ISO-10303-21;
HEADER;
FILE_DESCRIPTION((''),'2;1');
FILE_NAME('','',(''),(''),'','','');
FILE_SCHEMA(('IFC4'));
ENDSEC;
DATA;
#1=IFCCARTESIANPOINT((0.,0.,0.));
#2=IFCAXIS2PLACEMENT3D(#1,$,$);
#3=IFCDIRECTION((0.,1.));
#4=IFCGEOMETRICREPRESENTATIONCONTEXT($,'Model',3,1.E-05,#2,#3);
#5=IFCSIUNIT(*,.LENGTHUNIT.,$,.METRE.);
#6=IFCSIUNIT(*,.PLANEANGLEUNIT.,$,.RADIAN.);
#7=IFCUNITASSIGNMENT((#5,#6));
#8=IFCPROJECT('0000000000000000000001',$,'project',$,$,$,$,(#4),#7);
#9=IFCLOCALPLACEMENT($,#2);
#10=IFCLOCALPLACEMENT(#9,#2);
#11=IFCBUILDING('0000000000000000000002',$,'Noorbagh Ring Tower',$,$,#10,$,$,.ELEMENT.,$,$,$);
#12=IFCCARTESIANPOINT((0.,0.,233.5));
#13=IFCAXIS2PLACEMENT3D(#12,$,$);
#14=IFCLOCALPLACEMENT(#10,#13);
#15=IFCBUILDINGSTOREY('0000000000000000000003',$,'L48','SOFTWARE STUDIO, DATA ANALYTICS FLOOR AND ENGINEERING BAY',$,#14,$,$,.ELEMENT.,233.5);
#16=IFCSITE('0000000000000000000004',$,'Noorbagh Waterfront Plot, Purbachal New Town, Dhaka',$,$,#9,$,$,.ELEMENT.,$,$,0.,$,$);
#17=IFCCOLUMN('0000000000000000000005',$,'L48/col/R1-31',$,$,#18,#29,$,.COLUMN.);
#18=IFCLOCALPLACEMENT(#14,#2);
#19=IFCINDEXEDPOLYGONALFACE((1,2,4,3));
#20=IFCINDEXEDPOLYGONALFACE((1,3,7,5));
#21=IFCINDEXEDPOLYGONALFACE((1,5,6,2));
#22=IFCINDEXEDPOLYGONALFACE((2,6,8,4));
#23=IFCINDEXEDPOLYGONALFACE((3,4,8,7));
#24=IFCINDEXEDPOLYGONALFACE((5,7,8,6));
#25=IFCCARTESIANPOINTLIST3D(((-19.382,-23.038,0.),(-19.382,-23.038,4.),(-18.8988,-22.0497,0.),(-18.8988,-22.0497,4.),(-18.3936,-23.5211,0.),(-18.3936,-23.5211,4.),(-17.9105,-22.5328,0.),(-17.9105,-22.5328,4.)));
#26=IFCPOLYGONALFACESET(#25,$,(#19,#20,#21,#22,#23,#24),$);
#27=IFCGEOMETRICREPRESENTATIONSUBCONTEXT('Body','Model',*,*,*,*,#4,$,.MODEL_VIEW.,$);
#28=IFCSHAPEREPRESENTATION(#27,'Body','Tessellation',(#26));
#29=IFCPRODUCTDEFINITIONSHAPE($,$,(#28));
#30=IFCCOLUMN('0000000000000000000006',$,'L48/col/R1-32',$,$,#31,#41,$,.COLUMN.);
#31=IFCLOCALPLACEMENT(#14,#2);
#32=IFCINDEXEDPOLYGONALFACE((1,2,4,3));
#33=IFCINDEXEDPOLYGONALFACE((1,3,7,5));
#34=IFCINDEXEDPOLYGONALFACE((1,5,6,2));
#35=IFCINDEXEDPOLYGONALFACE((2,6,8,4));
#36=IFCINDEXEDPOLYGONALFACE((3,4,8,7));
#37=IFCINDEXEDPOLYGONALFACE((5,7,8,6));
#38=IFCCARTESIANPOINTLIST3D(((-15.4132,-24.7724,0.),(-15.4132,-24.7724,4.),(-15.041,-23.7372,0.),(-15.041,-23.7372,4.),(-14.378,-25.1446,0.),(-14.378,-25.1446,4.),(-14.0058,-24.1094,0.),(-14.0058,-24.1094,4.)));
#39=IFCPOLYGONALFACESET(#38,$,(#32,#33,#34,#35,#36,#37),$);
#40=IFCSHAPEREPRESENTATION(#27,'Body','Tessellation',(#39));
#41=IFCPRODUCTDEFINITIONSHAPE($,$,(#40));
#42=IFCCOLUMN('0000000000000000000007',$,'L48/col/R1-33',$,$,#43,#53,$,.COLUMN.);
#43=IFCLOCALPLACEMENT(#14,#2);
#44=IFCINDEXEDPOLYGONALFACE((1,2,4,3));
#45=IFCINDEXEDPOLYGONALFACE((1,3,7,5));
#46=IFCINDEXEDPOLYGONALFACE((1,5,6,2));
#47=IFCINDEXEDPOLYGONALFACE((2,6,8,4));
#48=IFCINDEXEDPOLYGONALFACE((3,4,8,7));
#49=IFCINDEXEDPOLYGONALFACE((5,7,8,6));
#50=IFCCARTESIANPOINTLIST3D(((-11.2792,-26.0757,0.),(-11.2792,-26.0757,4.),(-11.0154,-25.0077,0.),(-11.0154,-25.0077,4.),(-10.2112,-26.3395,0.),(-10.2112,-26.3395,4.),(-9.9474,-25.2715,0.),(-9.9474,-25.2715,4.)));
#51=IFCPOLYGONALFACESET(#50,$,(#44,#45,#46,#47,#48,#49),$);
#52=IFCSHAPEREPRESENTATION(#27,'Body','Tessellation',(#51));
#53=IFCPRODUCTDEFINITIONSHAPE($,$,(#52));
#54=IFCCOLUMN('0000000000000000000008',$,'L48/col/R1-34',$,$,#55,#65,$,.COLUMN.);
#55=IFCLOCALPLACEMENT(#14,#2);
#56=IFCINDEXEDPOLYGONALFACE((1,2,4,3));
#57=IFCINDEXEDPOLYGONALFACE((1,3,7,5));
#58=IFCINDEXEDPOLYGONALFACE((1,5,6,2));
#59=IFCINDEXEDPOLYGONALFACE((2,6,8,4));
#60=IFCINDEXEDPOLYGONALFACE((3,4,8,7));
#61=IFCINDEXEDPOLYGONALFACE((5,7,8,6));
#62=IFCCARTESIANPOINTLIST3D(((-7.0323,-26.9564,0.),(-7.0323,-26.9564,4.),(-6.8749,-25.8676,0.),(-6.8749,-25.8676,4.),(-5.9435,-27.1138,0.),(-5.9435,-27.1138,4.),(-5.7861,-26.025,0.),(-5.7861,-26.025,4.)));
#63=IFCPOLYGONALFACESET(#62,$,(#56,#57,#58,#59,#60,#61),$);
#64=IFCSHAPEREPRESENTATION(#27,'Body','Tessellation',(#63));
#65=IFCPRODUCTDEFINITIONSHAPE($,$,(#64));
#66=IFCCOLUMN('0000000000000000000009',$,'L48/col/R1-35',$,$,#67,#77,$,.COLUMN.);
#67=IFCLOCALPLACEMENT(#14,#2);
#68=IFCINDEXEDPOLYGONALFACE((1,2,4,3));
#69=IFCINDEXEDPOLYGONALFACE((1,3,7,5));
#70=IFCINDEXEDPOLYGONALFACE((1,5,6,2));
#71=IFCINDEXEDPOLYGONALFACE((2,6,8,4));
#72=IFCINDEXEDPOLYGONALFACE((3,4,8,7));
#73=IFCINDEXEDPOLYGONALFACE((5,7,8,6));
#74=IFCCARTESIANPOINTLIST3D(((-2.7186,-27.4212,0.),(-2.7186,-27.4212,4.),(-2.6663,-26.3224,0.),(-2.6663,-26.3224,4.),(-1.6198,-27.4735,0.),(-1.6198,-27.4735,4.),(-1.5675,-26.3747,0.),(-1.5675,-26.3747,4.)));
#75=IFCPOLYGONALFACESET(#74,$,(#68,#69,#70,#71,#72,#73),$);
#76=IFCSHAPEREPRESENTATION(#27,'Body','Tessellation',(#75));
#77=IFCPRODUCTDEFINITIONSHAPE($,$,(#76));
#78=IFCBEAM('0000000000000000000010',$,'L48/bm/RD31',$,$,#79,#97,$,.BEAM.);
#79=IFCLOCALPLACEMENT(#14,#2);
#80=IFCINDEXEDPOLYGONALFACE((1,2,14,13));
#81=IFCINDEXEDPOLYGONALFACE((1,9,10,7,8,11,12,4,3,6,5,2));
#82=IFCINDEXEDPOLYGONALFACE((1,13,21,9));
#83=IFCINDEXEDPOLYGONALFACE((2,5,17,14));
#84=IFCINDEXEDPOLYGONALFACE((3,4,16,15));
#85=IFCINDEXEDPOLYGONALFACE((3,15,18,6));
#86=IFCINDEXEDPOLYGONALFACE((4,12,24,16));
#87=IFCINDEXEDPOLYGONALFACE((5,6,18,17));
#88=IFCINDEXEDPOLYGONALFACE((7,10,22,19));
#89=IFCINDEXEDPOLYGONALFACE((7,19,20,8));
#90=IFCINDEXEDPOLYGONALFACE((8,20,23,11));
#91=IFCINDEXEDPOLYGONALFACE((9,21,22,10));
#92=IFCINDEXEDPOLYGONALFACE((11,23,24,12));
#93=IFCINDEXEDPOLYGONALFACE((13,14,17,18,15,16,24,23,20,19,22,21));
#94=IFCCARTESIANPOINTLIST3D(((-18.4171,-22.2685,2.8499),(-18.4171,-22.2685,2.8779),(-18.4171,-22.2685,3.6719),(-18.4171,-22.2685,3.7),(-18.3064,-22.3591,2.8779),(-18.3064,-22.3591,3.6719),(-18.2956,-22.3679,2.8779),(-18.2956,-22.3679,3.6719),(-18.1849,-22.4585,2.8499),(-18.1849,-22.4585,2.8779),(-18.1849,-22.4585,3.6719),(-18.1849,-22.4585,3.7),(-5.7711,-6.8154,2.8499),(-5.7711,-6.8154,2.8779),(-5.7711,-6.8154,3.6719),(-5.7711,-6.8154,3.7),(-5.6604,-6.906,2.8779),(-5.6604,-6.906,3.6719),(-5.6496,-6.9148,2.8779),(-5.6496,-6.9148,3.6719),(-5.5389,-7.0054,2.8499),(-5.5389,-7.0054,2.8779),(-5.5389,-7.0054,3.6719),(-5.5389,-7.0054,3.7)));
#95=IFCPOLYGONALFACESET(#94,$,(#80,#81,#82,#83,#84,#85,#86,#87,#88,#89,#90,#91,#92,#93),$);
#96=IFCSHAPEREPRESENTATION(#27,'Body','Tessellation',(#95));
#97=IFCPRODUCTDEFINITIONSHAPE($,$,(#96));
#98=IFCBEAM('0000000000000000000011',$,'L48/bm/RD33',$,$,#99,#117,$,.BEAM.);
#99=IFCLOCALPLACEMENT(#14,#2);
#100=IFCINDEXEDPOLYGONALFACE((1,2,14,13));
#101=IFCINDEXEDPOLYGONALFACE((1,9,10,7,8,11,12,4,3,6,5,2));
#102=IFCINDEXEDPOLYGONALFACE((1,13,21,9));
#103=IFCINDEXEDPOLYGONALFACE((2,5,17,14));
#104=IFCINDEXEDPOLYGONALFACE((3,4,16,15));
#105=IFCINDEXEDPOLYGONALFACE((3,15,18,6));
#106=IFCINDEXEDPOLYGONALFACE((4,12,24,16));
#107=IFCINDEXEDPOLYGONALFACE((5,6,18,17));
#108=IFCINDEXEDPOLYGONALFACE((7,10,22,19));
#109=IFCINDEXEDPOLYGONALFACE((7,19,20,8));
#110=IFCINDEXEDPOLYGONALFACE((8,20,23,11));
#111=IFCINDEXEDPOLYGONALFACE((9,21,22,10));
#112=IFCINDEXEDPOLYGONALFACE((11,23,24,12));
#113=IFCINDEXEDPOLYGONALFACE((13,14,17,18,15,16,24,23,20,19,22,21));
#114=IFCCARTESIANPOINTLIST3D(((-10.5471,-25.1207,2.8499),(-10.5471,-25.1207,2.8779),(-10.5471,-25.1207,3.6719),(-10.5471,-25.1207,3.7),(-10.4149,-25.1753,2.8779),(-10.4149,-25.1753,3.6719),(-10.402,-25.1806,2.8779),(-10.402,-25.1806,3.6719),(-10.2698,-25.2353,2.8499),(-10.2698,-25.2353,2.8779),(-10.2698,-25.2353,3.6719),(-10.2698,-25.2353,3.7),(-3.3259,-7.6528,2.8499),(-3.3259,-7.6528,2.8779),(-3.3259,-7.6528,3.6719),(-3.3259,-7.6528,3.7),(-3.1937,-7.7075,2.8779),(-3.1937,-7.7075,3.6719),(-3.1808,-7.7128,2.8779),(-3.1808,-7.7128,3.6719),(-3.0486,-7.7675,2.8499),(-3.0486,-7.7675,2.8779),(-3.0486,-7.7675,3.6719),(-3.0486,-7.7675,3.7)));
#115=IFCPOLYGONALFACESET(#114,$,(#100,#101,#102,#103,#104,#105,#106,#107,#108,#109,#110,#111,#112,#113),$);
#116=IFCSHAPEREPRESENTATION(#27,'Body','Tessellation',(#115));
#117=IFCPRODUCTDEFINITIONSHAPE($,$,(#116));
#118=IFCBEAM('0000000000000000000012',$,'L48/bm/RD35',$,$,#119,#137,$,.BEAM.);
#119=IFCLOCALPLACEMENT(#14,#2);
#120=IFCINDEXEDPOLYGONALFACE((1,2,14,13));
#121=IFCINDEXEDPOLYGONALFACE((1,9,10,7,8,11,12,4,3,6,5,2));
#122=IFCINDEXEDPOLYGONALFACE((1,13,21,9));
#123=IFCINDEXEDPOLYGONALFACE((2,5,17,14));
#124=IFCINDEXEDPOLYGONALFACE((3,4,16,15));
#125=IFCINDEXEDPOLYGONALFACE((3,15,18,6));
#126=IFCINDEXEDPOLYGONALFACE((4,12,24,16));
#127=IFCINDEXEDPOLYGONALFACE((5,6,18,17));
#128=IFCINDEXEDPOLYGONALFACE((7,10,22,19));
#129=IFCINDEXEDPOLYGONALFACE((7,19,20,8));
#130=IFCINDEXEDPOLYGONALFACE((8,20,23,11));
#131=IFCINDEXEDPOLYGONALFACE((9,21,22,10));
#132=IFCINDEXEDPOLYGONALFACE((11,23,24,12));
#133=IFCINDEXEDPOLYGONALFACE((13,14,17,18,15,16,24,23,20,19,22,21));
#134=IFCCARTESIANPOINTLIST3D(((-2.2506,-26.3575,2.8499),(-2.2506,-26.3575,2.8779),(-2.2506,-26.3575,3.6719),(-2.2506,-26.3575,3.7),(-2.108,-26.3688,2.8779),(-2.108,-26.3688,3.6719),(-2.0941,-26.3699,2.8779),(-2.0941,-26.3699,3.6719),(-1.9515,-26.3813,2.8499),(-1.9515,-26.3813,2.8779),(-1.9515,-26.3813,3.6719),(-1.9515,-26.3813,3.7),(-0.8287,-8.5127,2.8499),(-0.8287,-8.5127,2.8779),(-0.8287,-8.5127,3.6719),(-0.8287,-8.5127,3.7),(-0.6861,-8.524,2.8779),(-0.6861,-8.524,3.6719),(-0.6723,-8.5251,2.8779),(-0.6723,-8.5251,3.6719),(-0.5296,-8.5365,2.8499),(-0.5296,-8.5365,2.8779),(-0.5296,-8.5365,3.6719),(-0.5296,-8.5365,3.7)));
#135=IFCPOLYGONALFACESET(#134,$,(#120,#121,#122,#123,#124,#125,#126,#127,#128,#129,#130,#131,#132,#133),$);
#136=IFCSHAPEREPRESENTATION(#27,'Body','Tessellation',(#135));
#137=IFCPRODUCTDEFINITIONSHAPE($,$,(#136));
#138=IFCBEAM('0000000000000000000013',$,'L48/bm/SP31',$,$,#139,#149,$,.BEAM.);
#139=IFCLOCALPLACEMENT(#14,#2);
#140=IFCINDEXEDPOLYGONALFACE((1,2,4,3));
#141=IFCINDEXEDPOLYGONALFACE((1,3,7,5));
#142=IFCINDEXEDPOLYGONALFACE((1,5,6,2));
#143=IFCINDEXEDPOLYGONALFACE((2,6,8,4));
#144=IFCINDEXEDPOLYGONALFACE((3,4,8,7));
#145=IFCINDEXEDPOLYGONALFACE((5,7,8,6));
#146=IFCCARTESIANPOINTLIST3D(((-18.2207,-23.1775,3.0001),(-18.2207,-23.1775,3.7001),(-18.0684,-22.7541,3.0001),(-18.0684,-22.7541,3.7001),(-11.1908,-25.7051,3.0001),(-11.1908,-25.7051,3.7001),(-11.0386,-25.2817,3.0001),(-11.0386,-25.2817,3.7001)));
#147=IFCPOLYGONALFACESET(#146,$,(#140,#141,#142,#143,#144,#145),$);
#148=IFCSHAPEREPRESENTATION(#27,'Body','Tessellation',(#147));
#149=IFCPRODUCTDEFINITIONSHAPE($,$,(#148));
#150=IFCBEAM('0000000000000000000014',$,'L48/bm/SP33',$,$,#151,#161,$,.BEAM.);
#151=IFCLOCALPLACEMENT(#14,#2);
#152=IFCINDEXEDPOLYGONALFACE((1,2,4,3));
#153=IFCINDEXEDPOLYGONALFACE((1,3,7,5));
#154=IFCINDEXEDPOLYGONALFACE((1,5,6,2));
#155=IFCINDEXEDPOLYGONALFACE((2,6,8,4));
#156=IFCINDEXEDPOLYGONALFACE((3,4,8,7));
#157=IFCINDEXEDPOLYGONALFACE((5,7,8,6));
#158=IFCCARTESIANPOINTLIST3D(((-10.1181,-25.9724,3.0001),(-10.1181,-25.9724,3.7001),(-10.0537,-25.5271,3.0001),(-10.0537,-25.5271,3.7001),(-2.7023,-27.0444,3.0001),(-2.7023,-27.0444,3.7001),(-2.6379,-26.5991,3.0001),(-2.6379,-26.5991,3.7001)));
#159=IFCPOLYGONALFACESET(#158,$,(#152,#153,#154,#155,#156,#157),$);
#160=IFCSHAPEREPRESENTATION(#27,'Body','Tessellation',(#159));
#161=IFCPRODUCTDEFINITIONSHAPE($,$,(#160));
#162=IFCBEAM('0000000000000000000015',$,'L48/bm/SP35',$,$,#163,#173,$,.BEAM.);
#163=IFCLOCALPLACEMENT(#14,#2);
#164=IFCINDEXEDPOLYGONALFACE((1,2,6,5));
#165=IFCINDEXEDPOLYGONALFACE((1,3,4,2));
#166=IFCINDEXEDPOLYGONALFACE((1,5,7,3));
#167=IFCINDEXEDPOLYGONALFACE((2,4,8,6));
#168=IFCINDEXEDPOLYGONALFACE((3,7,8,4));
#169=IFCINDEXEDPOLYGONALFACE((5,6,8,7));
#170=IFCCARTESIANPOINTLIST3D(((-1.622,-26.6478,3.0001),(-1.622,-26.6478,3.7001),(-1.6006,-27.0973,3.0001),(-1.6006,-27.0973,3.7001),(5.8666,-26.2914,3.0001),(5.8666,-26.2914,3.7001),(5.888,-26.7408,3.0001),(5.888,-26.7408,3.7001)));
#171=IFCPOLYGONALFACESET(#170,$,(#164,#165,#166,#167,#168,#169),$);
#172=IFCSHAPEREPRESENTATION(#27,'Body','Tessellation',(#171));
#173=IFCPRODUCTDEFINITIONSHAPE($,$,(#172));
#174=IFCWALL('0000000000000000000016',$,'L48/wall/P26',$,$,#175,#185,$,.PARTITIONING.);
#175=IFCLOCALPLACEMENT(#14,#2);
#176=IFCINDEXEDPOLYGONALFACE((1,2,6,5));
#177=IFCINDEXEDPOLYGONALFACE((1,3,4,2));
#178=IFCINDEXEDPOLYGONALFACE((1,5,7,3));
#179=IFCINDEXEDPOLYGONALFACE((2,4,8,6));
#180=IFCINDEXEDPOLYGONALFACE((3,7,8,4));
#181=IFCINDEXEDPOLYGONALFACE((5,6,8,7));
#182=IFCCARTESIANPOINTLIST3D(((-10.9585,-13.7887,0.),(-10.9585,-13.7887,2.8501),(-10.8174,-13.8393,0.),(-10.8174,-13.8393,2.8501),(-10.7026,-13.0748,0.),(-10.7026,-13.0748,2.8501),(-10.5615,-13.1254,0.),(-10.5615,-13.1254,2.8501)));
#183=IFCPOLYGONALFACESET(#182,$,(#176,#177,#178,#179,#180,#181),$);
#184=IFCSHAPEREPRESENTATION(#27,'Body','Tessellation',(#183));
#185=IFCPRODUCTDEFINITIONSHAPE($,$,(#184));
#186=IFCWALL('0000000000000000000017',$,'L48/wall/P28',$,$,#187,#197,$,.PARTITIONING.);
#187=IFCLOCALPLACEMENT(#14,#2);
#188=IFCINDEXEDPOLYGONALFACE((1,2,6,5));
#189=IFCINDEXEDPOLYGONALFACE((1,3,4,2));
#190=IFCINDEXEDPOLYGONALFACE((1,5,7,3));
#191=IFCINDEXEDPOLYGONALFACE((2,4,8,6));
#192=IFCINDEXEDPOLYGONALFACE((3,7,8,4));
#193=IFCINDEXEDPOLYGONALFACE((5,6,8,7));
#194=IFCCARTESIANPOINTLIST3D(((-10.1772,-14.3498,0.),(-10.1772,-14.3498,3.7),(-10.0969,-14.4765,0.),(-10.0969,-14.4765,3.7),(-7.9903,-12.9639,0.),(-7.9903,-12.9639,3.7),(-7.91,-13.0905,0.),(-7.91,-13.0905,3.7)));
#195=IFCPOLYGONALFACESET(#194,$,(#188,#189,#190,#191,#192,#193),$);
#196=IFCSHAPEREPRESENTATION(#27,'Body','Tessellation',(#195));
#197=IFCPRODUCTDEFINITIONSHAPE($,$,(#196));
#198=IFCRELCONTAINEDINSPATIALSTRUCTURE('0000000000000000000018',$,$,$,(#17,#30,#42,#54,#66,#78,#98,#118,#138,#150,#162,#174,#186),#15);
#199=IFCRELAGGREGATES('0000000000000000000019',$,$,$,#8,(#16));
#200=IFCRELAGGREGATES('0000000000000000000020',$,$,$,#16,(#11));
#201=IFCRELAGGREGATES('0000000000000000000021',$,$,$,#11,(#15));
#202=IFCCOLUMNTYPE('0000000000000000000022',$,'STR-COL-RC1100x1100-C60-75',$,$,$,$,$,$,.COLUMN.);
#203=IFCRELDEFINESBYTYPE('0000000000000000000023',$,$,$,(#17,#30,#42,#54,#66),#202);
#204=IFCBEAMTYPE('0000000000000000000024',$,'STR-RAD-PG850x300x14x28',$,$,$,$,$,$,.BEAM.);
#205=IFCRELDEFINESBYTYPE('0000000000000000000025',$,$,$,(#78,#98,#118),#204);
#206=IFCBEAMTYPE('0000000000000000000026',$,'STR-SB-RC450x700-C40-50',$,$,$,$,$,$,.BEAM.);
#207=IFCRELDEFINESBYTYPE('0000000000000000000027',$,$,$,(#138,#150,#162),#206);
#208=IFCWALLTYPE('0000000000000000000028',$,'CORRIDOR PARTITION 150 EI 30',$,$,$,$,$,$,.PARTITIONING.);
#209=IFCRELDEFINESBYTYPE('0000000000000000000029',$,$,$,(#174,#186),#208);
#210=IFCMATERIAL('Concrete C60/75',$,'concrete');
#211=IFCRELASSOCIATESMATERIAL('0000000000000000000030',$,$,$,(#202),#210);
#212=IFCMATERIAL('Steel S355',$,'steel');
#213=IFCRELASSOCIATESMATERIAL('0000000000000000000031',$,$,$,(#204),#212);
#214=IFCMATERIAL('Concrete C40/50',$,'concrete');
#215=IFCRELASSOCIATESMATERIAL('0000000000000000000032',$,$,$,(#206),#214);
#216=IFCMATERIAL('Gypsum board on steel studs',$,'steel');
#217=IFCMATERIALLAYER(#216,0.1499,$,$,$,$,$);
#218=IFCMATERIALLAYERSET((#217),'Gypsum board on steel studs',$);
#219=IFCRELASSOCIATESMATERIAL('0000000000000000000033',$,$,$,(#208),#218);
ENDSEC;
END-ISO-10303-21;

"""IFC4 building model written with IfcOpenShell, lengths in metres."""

from ifc_helpers import new_model, si_unit, direction, frame, frame_2d, origin, origin_2d, place, context, subcontext, project, spatial, rectangle, i_section, extrude, material, layer, layer_set, material_profile, profile_set, type_object, element, save


model = new_model("IFC4")

# Units and contexts
model_context = context("Model", 3, precision=1e-05, world=origin(), true_north=direction((0.0, 1.0)))
body_context = subcontext(model_context, "Body", "Model", "MODEL_VIEW")
ifc_project = project(units=[si_unit("LENGTHUNIT", "METRE"), si_unit("PLANEANGLEUNIT", "RADIAN")], contexts=[model_context])

# Site, building, storey
site_placement = place(None, origin())
site = spatial("IfcSite", under=ifc_project, at=site_placement, Name="Noorbagh Waterfront Plot, Purbachal New Town, Dhaka", CompositionType="ELEMENT", RefElevation=0.0)
building_placement = place(site_placement, origin())
building = spatial("IfcBuilding", under=site, at=building_placement, Name="Noorbagh Ring Tower", CompositionType="ELEMENT")
storey_placement = place(building_placement, frame((0.0, 0.0, 233.5)))
storey = spatial("IfcBuildingStorey", under=building, at=storey_placement, Name="L48", Description="SOFTWARE STUDIO, DATA ANALYTICS FLOOR AND ENGINEERING BAY", CompositionType="ELEMENT", Elevation=233.5)

# Columns
ifc_material_1 = material(Name="Concrete C60/75", Category="concrete")
ifc_material_profile_1 = material_profile(ifc_material_1, rectangle(XDim=1.1001, YDim=1.1001, at=origin_2d()), Name="RC1100x1100")
ifc_profile_set_1 = profile_set([ifc_material_profile_1], Name="Concrete C60/75")
column_type = type_object("IfcColumnType", Name="STR-COL-RC1100x1100-C60-75", PredefinedType="COLUMN", material=ifc_profile_set_1)
for number, where, z_axis, x_axis, name in (
    (1, (-18.6462, -22.7854, 0.0), (0.0, 0.0, 1.0), (0.898399, -0.43918, 0.0), "L48/col/R1-31"),
    (2, (-14.7095, -24.4409, 0.0), (0.0, 0.0, 1.0), (0.941025, -0.338338, 0.0), "L48/col/R1-32"),
    (3, (-10.6133, -25.6736, 0.0), (0.0, 0.0, 1.0), (0.970829, -0.239771, 0.0), "L48/col/R1-33"),
    (4, (-6.4092, -26.4907, 0.0), (0.0, 0.0, 1.0), (0.989713, -0.143066, 0.0), "L48/col/R1-34"),
    (5, (-2.1431, -26.8979, 0.0), (0.0, 0.0, 1.0), (0.998869, -0.047553, 0.0), "L48/col/R1-35"),
):
    element("IfcColumn", number, at=place(storey_placement, frame(where, z_axis=z_axis, x_axis=x_axis)), inside=storey, type_object=column_type, Name=name, PredefinedType="COLUMN", context=body_context, shape_type="SweptSolid", body=[
        extrude(rectangle(XDim=1.1001, YDim=1.1001, at=origin_2d()), origin(), (0.0, 0.0, 1.0), 4.0),
    ])

# Beams
ifc_material_2 = material(Name="Steel S355", Category="steel")
ifc_material_profile_2 = material_profile(ifc_material_2, i_section(OverallWidth=0.3, OverallDepth=0.8501, WebThickness=0.0139, FlangeThickness=0.0281, at=origin_2d()), Name="PG850x300x14x28")
ifc_profile_set_2 = profile_set([ifc_material_profile_2], Name="Steel S355")
beam_type_1 = type_object("IfcBeamType", Name="STR-RAD-PG850x300x14x28", PredefinedType="BEAM", material=ifc_profile_set_2)
beam_1_placement = place(storey_placement, frame((-18.301, -22.3635, 3.2749), z_axis=(0.633314, 0.773895, 0.0), x_axis=(-0.773895, 0.633314, 0.0)))
element("IfcBeam", 6, at=beam_1_placement, inside=storey, type_object=beam_type_1, Name="L48/bm/RD31", PredefinedType="BEAM", context=body_context, shape_type="SweptSolid", body=[
    extrude(i_section(OverallWidth=0.3, OverallDepth=0.8501, WebThickness=0.0139, FlangeThickness=0.0281, at=origin_2d()), origin(), (0.0, 0.0, 1.0), 19.968),
])
beam_2_placement = place(storey_placement, frame((-10.4084, -25.178, 3.2749), z_axis=(0.382042, 0.924145, 0.0), x_axis=(-0.924145, 0.382042, 0.0)))
element("IfcBeam", 7, at=beam_2_placement, inside=storey, type_object=beam_type_1, Name="L48/bm/RD33", PredefinedType="BEAM", context=body_context, shape_type="SweptSolid", body=[
    extrude(i_section(OverallWidth=0.3, OverallDepth=0.8501, WebThickness=0.0139, FlangeThickness=0.0281, at=origin_2d()), origin(), (0.0, 0.0, 1.0), 18.9016),
])
beam_3_placement = place(storey_placement, frame((-2.1011, -26.3694, 3.2749), z_axis=(0.079429, 0.996841, 0.0), x_axis=(-0.996841, 0.079429, 0.0)))
element("IfcBeam", 8, at=beam_3_placement, inside=storey, type_object=beam_type_1, Name="L48/bm/RD35", PredefinedType="BEAM", context=body_context, shape_type="SweptSolid", body=[
    extrude(i_section(OverallWidth=0.3, OverallDepth=0.8501, WebThickness=0.0139, FlangeThickness=0.0281, at=origin_2d()), origin(), (0.0, 0.0, 1.0), 17.9014),
])
ifc_material_3 = material(Name="Concrete C40/50", Category="concrete")
ifc_material_profile_3 = material_profile(ifc_material_3, rectangle(XDim=0.45, YDim=0.7, at=origin_2d()), Name="RC450x700")
ifc_profile_set_3 = profile_set([ifc_material_profile_3], Name="Concrete C40/50")
beam_type_2 = type_object("IfcBeamType", Name="STR-SB-RC450x700-C40-50", PredefinedType="BEAM", material=ifc_profile_set_3)
beam_4_placement = place(storey_placement, frame((-18.1445, -22.9658, 3.3501), z_axis=(0.941021, -0.338348, 0.0), x_axis=(0.338348, 0.941021, 0.0)))
element("IfcBeam", 9, at=beam_4_placement, inside=storey, type_object=beam_type_2, Name="L48/bm/SP31", PredefinedType="BEAM", context=body_context, shape_type="SweptSolid", body=[
    extrude(rectangle(XDim=0.45, YDim=0.7, at=origin_2d()), origin(), (0.0, 0.0, 1.0), 7.4705),
])
beam_5_placement = place(storey_placement, frame((-10.0859, -25.7498, 3.3501), z_axis=(0.989712, -0.143072, 0.0), x_axis=(0.143072, 0.989712, 0.0)))
element("IfcBeam", 10, at=beam_5_placement, inside=storey, type_object=beam_type_2, Name="L48/bm/SP33", PredefinedType="BEAM", context=body_context, shape_type="SweptSolid", body=[
    extrude(rectangle(XDim=0.45, YDim=0.7, at=origin_2d()), origin(), (0.0, 0.0, 1.0), 7.4929),
])
beam_6_placement = place(storey_placement, frame((-1.6113, -26.8726, 3.3501), z_axis=(0.998869, 0.047545, 0.0), x_axis=(-0.047545, 0.998869, 0.0)))
element("IfcBeam", 11, at=beam_6_placement, inside=storey, type_object=beam_type_2, Name="L48/bm/SP35", PredefinedType="BEAM", context=body_context, shape_type="SweptSolid", body=[
    extrude(rectangle(XDim=0.45, YDim=0.7, at=origin_2d()), origin(), (0.0, 0.0, 1.0), 7.4971),
])

# Walls
ifc_material_4 = material(Name="Gypsum board on steel studs", Category="steel")
ifc_layer_1 = layer(ifc_material_4, 0.1499)
ifc_layer_set_1 = layer_set([ifc_layer_1], Name="Gypsum board on steel studs")
wall_type_1 = type_object("IfcWallType", Name="CORRIDOR PARTITION 150 EI 30", PredefinedType="PARTITIONING", material=ifc_layer_set_1)
wall_1_placement = place(storey_placement, frame((-10.8879, -13.814, 0.0), z_axis=(0.0, 0.0, 1.0), x_axis=(0.337397, 0.941363, 0.0)))
element("IfcWall", 12, at=wall_1_placement, inside=storey, type_object=wall_type_1, Name="L48/wall/P26", PredefinedType="PARTITIONING", context=body_context, shape_type="SweptSolid", body=[
    extrude(rectangle(XDim=0.7583, YDim=0.1499, at=frame_2d((0.3792, 0.0))), origin(), (0.0, 0.0, 1.0), 2.8501),
])
wall_2_placement = place(storey_placement, frame((-10.137, -14.4131, 0.0), z_axis=(0.0, 0.0, 1.0), x_axis=(0.844666, 0.535294, 0.0)))
element("IfcWall", 13, at=wall_2_placement, inside=storey, type_object=wall_type_1, Name="L48/wall/P28", PredefinedType="PARTITIONING", context=body_context, shape_type="SweptSolid", body=[
    extrude(rectangle(XDim=2.5891, YDim=0.1499, at=frame_2d((1.2944, 0.0))), origin(), (0.0, 0.0, 1.0), 3.7),
])

save(model, "model.ifc")
